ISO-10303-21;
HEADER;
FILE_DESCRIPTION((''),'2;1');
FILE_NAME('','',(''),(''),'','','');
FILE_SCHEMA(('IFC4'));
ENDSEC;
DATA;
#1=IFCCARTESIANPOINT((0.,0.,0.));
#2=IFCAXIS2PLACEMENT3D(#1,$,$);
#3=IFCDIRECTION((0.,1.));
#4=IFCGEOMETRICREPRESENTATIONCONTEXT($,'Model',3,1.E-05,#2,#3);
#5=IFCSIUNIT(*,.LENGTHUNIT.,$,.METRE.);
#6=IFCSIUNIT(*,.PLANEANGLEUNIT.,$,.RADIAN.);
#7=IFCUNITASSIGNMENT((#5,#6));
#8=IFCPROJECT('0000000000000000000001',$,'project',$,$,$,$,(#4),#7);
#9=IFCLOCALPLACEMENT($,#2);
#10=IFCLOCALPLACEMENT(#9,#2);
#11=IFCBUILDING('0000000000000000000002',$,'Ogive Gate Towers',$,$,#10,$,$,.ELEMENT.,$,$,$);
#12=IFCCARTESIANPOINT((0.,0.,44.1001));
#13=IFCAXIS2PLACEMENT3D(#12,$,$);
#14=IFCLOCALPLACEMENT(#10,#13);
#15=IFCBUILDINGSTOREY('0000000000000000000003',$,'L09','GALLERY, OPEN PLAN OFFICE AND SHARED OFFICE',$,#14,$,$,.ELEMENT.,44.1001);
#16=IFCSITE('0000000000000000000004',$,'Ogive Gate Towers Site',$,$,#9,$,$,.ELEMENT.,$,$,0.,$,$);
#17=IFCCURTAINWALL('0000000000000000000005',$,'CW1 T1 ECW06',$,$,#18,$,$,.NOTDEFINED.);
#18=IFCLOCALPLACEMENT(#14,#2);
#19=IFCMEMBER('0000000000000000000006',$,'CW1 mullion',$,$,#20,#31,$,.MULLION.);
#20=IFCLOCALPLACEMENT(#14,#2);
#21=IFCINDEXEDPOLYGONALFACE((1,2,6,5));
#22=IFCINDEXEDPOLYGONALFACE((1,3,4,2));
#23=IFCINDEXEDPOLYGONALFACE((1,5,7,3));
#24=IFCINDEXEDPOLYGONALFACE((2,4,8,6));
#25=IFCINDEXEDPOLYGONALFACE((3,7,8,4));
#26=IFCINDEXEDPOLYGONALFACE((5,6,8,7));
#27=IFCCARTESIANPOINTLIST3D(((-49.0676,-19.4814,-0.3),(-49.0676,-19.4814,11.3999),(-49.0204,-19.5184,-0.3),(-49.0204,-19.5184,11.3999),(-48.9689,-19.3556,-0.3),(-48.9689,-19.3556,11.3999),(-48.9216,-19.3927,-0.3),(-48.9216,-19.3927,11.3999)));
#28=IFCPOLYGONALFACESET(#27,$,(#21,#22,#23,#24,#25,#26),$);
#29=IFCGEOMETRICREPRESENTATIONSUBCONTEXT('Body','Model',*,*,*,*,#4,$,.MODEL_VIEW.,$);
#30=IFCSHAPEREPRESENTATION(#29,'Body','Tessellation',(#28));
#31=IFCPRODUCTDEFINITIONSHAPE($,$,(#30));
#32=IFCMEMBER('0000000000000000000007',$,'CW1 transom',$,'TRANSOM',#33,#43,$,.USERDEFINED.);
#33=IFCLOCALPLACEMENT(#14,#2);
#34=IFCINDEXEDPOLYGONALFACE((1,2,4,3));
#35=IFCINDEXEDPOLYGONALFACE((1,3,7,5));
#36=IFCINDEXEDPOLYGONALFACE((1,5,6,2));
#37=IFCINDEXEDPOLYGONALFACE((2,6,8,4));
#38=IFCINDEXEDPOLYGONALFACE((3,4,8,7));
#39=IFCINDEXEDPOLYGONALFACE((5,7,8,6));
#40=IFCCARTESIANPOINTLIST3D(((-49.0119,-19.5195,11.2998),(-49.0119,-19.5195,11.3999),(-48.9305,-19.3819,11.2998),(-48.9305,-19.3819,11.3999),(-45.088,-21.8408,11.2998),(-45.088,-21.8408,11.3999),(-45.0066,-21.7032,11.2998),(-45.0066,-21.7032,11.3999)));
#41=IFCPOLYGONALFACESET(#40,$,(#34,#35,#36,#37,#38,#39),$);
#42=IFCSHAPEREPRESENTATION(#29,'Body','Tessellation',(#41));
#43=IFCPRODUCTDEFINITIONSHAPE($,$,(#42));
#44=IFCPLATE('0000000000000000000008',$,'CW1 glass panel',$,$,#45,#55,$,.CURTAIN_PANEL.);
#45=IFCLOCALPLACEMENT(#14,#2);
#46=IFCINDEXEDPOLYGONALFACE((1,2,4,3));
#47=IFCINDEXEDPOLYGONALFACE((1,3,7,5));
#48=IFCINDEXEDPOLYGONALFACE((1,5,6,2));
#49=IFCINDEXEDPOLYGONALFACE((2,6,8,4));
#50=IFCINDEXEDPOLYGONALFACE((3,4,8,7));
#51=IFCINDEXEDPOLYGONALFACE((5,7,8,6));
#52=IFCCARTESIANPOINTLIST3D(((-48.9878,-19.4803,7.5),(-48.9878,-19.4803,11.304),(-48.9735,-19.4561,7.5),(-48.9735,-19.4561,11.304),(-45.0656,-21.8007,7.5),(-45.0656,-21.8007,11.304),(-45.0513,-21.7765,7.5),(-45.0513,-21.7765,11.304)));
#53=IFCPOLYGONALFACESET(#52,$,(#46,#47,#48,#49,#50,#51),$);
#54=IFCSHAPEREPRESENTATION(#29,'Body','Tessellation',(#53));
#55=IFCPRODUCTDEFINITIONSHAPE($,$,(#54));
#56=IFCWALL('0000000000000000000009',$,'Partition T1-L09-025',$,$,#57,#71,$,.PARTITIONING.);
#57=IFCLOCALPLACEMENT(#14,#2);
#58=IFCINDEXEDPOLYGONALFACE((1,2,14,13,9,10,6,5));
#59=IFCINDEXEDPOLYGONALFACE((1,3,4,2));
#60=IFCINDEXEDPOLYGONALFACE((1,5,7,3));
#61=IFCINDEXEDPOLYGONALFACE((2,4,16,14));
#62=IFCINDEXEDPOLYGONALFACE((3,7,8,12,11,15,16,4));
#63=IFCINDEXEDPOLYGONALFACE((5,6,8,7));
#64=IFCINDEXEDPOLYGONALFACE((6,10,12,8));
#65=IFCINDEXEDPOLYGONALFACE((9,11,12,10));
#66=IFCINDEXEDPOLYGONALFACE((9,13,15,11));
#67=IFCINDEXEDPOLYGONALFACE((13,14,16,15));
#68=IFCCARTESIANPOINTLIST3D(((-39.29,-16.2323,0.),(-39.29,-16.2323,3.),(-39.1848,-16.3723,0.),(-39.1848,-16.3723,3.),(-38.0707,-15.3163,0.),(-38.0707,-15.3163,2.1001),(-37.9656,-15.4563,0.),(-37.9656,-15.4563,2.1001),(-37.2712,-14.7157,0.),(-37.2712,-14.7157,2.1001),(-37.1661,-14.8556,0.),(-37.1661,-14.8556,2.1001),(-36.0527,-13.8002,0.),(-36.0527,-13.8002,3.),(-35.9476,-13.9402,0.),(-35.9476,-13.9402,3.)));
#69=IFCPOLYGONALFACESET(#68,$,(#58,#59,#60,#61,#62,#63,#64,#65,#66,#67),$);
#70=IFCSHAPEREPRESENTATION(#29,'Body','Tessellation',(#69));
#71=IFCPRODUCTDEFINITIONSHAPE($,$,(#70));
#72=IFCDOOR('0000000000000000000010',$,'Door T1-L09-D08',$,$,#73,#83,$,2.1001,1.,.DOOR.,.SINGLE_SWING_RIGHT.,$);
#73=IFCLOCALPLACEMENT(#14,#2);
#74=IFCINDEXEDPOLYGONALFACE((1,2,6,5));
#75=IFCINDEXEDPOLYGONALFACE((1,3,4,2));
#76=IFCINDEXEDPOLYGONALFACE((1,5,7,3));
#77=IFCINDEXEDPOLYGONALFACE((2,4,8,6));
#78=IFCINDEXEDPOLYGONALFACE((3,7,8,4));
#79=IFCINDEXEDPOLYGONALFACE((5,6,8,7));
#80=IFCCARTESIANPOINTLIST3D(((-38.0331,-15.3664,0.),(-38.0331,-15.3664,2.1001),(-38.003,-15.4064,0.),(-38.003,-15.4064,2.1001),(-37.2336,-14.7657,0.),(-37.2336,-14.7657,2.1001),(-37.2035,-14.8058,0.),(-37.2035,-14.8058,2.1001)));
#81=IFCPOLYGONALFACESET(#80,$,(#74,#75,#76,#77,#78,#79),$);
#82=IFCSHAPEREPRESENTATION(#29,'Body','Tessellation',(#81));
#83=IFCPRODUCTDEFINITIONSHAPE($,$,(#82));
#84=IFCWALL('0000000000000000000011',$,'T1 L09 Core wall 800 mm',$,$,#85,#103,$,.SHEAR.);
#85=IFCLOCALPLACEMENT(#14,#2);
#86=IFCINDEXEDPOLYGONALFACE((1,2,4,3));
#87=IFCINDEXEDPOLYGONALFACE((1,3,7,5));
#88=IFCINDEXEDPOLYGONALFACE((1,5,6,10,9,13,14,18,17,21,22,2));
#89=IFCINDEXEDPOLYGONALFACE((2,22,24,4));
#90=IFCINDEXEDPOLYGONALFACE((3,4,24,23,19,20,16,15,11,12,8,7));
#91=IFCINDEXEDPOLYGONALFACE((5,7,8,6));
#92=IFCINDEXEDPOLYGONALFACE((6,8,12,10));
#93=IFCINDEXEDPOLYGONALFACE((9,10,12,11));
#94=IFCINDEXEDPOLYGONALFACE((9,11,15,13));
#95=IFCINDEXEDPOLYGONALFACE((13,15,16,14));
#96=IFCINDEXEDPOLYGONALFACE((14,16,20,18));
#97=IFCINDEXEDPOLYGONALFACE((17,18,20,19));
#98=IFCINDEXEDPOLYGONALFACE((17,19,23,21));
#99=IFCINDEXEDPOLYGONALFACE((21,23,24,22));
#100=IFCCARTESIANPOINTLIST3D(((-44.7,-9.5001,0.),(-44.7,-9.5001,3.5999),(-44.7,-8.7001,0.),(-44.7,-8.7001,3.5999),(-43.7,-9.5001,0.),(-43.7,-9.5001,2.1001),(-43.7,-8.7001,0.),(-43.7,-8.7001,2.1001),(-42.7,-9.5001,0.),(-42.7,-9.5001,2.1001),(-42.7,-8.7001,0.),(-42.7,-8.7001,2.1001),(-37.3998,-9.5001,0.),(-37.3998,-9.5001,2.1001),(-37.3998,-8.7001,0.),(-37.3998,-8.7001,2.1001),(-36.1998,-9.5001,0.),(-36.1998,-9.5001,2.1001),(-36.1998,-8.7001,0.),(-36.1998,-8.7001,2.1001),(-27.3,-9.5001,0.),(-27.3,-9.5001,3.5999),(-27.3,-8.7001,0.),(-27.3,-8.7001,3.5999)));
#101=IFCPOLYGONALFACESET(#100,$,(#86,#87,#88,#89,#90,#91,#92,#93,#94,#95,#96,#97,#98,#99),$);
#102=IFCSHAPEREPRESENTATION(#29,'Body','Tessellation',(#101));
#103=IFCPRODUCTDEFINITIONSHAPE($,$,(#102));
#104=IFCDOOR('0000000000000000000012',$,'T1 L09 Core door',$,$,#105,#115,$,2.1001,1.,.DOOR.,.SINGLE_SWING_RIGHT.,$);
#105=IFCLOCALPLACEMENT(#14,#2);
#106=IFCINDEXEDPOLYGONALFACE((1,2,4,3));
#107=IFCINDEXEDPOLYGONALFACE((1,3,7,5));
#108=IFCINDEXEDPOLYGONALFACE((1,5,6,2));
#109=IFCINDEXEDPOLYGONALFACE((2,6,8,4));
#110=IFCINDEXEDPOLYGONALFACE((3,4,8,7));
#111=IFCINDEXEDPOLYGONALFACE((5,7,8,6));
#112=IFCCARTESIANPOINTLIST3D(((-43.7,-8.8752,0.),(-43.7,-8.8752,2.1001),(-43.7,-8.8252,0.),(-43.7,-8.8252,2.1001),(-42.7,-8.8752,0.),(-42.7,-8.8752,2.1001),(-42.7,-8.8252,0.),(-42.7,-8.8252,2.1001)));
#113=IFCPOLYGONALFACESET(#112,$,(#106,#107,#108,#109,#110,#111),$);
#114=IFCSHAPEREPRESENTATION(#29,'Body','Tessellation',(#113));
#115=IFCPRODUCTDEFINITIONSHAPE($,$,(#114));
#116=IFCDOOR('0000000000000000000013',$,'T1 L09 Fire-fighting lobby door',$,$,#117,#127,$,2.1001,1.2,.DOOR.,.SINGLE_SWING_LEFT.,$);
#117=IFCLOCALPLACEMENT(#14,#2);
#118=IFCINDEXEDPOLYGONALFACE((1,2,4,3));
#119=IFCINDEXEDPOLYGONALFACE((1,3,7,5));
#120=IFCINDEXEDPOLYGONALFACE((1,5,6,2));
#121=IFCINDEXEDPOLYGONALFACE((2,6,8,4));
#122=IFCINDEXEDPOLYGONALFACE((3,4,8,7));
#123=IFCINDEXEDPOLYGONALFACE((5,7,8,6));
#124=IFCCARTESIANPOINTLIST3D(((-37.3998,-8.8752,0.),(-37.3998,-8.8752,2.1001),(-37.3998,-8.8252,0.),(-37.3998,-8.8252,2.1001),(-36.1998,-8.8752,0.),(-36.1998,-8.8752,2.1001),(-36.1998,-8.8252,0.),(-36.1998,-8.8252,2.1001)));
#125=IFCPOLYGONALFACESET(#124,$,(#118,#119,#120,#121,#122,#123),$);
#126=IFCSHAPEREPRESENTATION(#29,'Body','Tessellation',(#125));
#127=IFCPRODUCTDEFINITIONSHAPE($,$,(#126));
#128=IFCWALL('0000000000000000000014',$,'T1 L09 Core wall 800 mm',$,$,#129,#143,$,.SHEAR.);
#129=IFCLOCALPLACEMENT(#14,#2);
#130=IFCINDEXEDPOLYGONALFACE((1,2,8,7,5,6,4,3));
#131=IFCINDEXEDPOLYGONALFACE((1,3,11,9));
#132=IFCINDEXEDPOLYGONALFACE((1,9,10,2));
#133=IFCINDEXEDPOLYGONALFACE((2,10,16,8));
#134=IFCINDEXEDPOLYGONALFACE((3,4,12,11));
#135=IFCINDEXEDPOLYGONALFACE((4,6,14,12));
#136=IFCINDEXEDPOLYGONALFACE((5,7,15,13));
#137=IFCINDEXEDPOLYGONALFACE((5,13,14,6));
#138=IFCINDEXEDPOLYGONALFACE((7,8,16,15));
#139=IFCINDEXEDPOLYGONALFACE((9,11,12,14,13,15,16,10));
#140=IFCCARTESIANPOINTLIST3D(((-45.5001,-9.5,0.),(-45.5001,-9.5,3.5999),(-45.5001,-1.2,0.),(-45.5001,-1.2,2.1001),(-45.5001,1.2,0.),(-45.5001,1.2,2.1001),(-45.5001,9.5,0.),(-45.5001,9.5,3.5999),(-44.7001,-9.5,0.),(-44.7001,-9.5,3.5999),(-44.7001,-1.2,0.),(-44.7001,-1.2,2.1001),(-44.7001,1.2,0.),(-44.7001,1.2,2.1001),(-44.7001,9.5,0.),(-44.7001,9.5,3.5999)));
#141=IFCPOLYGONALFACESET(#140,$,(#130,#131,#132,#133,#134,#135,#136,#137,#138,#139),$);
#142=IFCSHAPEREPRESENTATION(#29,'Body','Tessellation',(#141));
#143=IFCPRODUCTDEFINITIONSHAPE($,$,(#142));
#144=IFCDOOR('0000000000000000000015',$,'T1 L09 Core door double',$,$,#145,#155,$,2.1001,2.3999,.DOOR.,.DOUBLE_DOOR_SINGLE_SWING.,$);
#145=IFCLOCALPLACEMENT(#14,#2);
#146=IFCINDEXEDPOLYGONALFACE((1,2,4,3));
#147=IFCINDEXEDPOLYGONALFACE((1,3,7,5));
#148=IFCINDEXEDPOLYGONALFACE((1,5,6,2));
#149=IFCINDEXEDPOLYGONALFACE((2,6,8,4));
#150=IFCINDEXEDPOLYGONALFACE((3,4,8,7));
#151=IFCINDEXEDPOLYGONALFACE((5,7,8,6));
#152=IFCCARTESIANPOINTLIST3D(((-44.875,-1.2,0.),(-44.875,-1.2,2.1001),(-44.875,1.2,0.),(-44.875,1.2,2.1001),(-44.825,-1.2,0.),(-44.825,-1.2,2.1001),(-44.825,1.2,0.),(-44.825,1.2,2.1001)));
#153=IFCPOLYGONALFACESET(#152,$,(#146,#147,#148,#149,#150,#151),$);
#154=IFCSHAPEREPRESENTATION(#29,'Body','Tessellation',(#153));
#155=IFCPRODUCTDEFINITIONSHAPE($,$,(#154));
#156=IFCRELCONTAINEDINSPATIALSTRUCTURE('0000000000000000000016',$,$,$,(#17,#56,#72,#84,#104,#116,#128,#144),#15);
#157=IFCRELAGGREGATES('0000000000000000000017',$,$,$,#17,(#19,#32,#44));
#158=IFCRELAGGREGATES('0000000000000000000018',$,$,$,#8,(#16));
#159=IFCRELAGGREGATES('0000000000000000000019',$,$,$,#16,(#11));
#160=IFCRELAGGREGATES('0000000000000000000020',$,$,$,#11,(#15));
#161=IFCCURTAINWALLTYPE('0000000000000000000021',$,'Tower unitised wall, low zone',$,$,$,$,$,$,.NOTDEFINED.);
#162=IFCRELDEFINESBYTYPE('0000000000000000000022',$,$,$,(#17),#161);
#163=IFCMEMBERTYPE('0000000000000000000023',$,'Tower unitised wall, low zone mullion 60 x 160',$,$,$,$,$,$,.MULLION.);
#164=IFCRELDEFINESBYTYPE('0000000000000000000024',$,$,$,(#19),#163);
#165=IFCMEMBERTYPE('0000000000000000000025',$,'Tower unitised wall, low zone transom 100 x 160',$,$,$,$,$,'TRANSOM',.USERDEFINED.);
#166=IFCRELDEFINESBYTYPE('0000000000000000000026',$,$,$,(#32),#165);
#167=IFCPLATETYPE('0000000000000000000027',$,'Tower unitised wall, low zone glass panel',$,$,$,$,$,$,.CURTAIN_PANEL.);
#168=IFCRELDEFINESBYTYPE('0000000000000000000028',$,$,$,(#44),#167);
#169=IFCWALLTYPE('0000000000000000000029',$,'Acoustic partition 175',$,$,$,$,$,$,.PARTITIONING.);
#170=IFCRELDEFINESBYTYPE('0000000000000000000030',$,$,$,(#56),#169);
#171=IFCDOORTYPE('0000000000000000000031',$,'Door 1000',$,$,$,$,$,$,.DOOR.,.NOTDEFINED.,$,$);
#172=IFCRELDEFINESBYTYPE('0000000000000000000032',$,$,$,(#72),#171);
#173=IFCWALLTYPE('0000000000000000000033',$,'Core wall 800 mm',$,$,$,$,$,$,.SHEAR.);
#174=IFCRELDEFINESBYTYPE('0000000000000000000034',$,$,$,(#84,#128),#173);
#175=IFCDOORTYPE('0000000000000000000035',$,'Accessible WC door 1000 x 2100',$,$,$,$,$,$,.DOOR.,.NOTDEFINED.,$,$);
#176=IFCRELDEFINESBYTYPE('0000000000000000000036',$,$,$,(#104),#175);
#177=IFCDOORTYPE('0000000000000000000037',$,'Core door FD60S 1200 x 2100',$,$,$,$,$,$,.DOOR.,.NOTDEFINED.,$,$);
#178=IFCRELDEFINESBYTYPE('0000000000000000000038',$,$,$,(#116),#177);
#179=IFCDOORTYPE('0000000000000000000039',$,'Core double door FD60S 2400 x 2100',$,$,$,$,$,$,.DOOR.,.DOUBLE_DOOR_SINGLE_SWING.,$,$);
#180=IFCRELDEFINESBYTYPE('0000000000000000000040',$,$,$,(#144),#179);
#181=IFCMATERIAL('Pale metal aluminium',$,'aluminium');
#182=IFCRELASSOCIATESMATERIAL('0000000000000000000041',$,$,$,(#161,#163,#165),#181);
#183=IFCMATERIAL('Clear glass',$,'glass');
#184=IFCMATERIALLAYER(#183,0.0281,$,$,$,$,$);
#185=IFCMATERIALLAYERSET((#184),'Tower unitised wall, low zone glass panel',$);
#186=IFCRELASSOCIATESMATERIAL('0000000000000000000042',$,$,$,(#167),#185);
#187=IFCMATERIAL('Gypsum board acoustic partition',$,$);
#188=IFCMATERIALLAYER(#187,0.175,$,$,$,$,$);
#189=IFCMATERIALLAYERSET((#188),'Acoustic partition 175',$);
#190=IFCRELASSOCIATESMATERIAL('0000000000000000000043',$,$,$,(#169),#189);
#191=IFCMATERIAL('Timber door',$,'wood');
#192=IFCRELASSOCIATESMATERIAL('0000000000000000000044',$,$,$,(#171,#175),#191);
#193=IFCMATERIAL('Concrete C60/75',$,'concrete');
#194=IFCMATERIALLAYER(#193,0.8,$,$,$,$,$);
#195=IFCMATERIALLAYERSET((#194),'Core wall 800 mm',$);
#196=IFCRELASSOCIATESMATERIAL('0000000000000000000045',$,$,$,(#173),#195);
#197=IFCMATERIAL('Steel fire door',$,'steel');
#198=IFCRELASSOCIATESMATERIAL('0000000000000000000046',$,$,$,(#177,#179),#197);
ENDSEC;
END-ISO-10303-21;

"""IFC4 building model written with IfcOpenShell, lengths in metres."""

from ifc_helpers import new_model, si_unit, direction, frame, frame_2d, origin, origin_2d, place, context, subcontext, project, spatial, rectangle, extrude, material, layer, layer_set, material_profile, profile_set, type_object, element, fill, aggregate, save


model = new_model("IFC4")

# Units and contexts
model_context = context("Model", 3, precision=1e-05, world=origin(), true_north=direction((0.0, 1.0)))
body_context = subcontext(model_context, "Body", "Model", "MODEL_VIEW")
ifc_project = project(units=[si_unit("LENGTHUNIT", "METRE"), si_unit("PLANEANGLEUNIT", "RADIAN")], contexts=[model_context])

# Site, building, storey
site_placement = place(None, origin())
site = spatial("IfcSite", under=ifc_project, at=site_placement, Name="Ogive Gate Towers Site", CompositionType="ELEMENT", RefElevation=0.0)
building_placement = place(site_placement, origin())
building = spatial("IfcBuilding", under=site, at=building_placement, Name="Ogive Gate Towers", CompositionType="ELEMENT")
storey_placement = place(building_placement, frame((0.0, 0.0, 44.1001)))
storey = spatial("IfcBuildingStorey", under=building, at=storey_placement, Name="L09", Description="GALLERY, OPEN PLAN OFFICE AND SHARED OFFICE", CompositionType="ELEMENT", Elevation=44.1001)

# Curtain wall, members, plate
ifc_material_1 = material(Name="Pale metal aluminium", Category="aluminium")
curtain_wall_type = type_object("IfcCurtainWallType", Name="Tower unitised wall, low zone", PredefinedType="NOTDEFINED", material=ifc_material_1)
curtain_wall_placement = place(storey_placement, origin())
curtain_wall = element("IfcCurtainWall", 1, at=curtain_wall_placement, inside=storey, type_object=curtain_wall_type, Name="CW1 T1 ECW06", PredefinedType="NOTDEFINED")
ifc_material_profile_1 = material_profile(ifc_material_1, rectangle(XDim=0.1599, YDim=0.0601, at=origin_2d()), Name="60 x 160 aluminium box")
ifc_profile_set_1 = profile_set([ifc_material_profile_1], Name="Pale metal aluminium")
member_type_1 = type_object("IfcMemberType", Name="Tower unitised wall, low zone mullion 60 x 160", PredefinedType="MULLION", material=ifc_profile_set_1)
member_1_placement = place(storey_placement, frame((-48.9946, -19.437, -0.3), z_axis=(0.0, 0.0, 1.0), x_axis=(-0.617516, -0.786558, 0.0)))
member_1 = element("IfcMember", 2, at=member_1_placement, type_object=member_type_1, Name="CW1 mullion", PredefinedType="MULLION", context=body_context, shape_type="SweptSolid", body=[
    extrude(rectangle(XDim=0.1599, YDim=0.0601, at=origin_2d()), origin(), (0.0, 0.0, 1.0), 11.7),
])
ifc_material_profile_2 = material_profile(ifc_material_1, rectangle(XDim=0.1599, YDim=0.1001, at=origin_2d()), Name="100 x 160 aluminium box")
ifc_profile_set_2 = profile_set([ifc_material_profile_2], Name="Pale metal aluminium")
member_type_2 = type_object("IfcMemberType", Name="Tower unitised wall, low zone transom 100 x 160", ElementType="TRANSOM", PredefinedType="USERDEFINED", material=ifc_profile_set_2)
member_2_placement = place(storey_placement, frame((-48.9712, -19.4507, 11.3499), z_axis=(0.860671, -0.509162, 0.0), x_axis=(0.509162, 0.860671, 0.0)))
member_2 = element("IfcMember", 3, at=member_2_placement, type_object=member_type_2, Name="CW1 transom", ObjectType="TRANSOM", PredefinedType="USERDEFINED", context=body_context, shape_type="SweptSolid", body=[
    extrude(rectangle(XDim=0.1599, YDim=0.1001, at=origin_2d()), origin(), (0.0, 0.0, 1.0), 4.5591),
])
ifc_material_2 = material(Name="Clear glass", Category="glass")
ifc_layer_1 = layer(ifc_material_2, 0.0281)
ifc_layer_set_1 = layer_set([ifc_layer_1], Name="Tower unitised wall, low zone glass panel")
plate_type = type_object("IfcPlateType", Name="Tower unitised wall, low zone glass panel", PredefinedType="CURTAIN_PANEL", material=ifc_layer_set_1)
plate_placement = place(storey_placement, frame((-47.0195, -20.6284, 7.5), z_axis=(0.0, 0.0, 1.0), x_axis=(0.860662, -0.509177, 0.0)))
plate = element("IfcPlate", 4, at=plate_placement, type_object=plate_type, Name="CW1 glass panel", PredefinedType="CURTAIN_PANEL", context=body_context, shape_type="SweptSolid", body=[
    extrude(rectangle(XDim=4.5571, YDim=0.0281, at=origin_2d()), origin(), (0.0, 0.0, 1.0), 3.804),
])
aggregate(curtain_wall, [member_1, member_2, plate])

# Wall, opening, door
ifc_material_3 = material(Name="Gypsum board acoustic partition")
ifc_layer_2 = layer(ifc_material_3, 0.175)
ifc_layer_set_2 = layer_set([ifc_layer_2], Name="Acoustic partition 175")
wall_type_1 = type_object("IfcWallType", Name="Acoustic partition 175", PredefinedType="PARTITIONING", material=ifc_layer_set_2)
wall_1_placement = place(storey_placement, frame((-39.2373, -16.3022, 0.0), z_axis=(0.0, 0.0, 1.0), x_axis=(0.799508, 0.600656, 0.0)))
wall_1 = element("IfcWall", 5, at=wall_1_placement, inside=storey, type_object=wall_type_1, Name="Partition T1-L09-025", PredefinedType="PARTITIONING", context=body_context, shape_type="SweptSolid", body=[
    extrude(rectangle(XDim=4.0491, YDim=0.175, at=frame_2d((2.0244, 0.0))), origin(), (0.0, 0.0, 1.0), 3.0),
])
opening_1_placement = place(wall_1_placement, frame((1.5249, 0.0, 0.0)))
opening_1 = element("IfcOpeningElement", 6, at=opening_1_placement, cuts=wall_1, PredefinedType="OPENING", context=body_context, shape_type="SweptSolid", body=[
    extrude(rectangle(XDim=1.0, YDim=2.1001, at=frame_2d((0.5, 1.05))), frame((0.0, 0.0977, 0.0), z_axis=(0.0, -1.0, 0.0), x_axis=(1.0, 0.0, 0.0)), (0.0, 0.0, 1.0), 0.1951),
])
ifc_material_4 = material(Name="Timber door", Category="wood")
door_type_1 = type_object("IfcDoorType", Name="Door 1000", OperationType="NOTDEFINED", PredefinedType="DOOR", material=ifc_material_4)
door_1_placement = place(opening_1_placement, origin())
door_1 = element("IfcDoor", 7, at=door_1_placement, inside=storey, type_object=door_type_1, Name="Door T1-L09-D08", OperationType="SINGLE_SWING_RIGHT", OverallHeight=2.1001, OverallWidth=1.0, PredefinedType="DOOR", context=body_context, shape_type="SweptSolid", body=[
    extrude(rectangle(XDim=1.0, YDim=2.1001, at=frame_2d((0.5, 1.05))), frame((0.0, 0.0249, 0.0), z_axis=(0.0, -1.0, 0.0), x_axis=(1.0, 0.0, 0.0)), (0.0, 0.0, 1.0), 0.05),
])
fill(opening_1, door_1)

# Wall, openings, doors
ifc_material_5 = material(Name="Concrete C60/75", Category="concrete")
ifc_layer_3 = layer(ifc_material_5, 0.8)
ifc_layer_set_3 = layer_set([ifc_layer_3], Name="Core wall 800 mm")
wall_type_2 = type_object("IfcWallType", Name="Core wall 800 mm", PredefinedType="SHEAR", material=ifc_layer_set_3)
wall_2_placement = place(storey_placement, frame((-44.7, -9.1001, 0.0), z_axis=(0.0, 0.0, 1.0), x_axis=(1.0, 0.0, 0.0)))
wall_2 = element("IfcWall", 8, at=wall_2_placement, inside=storey, type_object=wall_type_2, Name="T1 L09 Core wall 800 mm", PredefinedType="SHEAR", context=body_context, shape_type="SweptSolid", body=[
    extrude(rectangle(XDim=17.3999, YDim=0.8, at=frame_2d((8.7, 0.0))), origin(), (0.0, 0.0, 1.0), 3.5999),
])
opening_2_placement = place(wall_2_placement, frame((7.3, 0.0, 0.0)))
opening_2 = element("IfcOpeningElement", 9, at=opening_2_placement, cuts=wall_2, PredefinedType="OPENING", context=body_context, shape_type="SweptSolid", body=[
    extrude(rectangle(XDim=1.2, YDim=2.1001, at=frame_2d((0.6001, 1.05))), frame((0.0, 0.4102, 0.0), z_axis=(0.0, -1.0, 0.0), x_axis=(1.0, 0.0, 0.0)), (0.0, 0.0, 1.0), 0.8201),
])
opening_3_placement = place(wall_2_placement, frame((1.0, 0.0, 0.0)))
opening_3 = element("IfcOpeningElement", 10, at=opening_3_placement, cuts=wall_2, PredefinedType="OPENING", context=body_context, shape_type="SweptSolid", body=[
    extrude(rectangle(XDim=1.0, YDim=2.1001, at=frame_2d((0.5, 1.05))), frame((0.0, 0.4102, 0.0), z_axis=(0.0, -1.0, 0.0), x_axis=(1.0, 0.0, 0.0)), (0.0, 0.0, 1.0), 0.8201),
])
door_type_2 = type_object("IfcDoorType", Name="Accessible WC door 1000 x 2100", OperationType="NOTDEFINED", PredefinedType="DOOR", material=ifc_material_4)
door_2_placement = place(opening_3_placement, origin())
door_2 = element("IfcDoor", 11, at=door_2_placement, inside=storey, type_object=door_type_2, Name="T1 L09 Core door", OperationType="SINGLE_SWING_RIGHT", OverallHeight=2.1001, OverallWidth=1.0, PredefinedType="DOOR", context=body_context, shape_type="SweptSolid", body=[
    extrude(rectangle(XDim=1.0, YDim=2.1001, at=frame_2d((0.5, 1.05))), frame((0.0, 0.2749, 0.0), z_axis=(0.0, -1.0, 0.0), x_axis=(1.0, 0.0, 0.0)), (0.0, 0.0, 1.0), 0.05),
])
fill(opening_3, door_2)
ifc_material_6 = material(Name="Steel fire door", Category="steel")
door_type_3 = type_object("IfcDoorType", Name="Core door FD60S 1200 x 2100", OperationType="NOTDEFINED", PredefinedType="DOOR", material=ifc_material_6)
door_3_placement = place(opening_2_placement, origin())
door_3 = element("IfcDoor", 12, at=door_3_placement, inside=storey, type_object=door_type_3, Name="T1 L09 Fire-fighting lobby door", OperationType="SINGLE_SWING_LEFT", OverallHeight=2.1001, OverallWidth=1.2, PredefinedType="DOOR", context=body_context, shape_type="SweptSolid", body=[
    extrude(rectangle(XDim=1.2, YDim=2.1001, at=frame_2d((0.6001, 1.05))), frame((0.0, 0.2749, 0.0), z_axis=(0.0, -1.0, 0.0), x_axis=(1.0, 0.0, 0.0)), (0.0, 0.0, 1.0), 0.05),
])
fill(opening_2, door_3)

# Wall, opening, door
wall_3_placement = place(storey_placement, frame((-45.1001, -9.5, 0.0), z_axis=(0.0, 0.0, 1.0), x_axis=(0.0, 1.0, 0.0)))
wall_3 = element("IfcWall", 13, at=wall_3_placement, inside=storey, type_object=wall_type_2, Name="T1 L09 Core wall 800 mm", PredefinedType="SHEAR", context=body_context, shape_type="SweptSolid", body=[
    extrude(rectangle(XDim=19.0, YDim=0.8, at=frame_2d((9.5, 0.0))), origin(), (0.0, 0.0, 1.0), 3.5999),
])
opening_4_placement = place(wall_3_placement, frame((8.3, 0.0, 0.0)))
opening_4 = element("IfcOpeningElement", 14, at=opening_4_placement, cuts=wall_3, PredefinedType="OPENING", context=body_context, shape_type="SweptSolid", body=[
    extrude(rectangle(XDim=2.3999, YDim=2.1001, at=frame_2d((1.2, 1.05))), frame((0.0, 0.4102, 0.0), z_axis=(0.0, -1.0, 0.0), x_axis=(1.0, 0.0, 0.0)), (0.0, 0.0, 1.0), 0.8201),
])
door_type_4 = type_object("IfcDoorType", Name="Core double door FD60S 2400 x 2100", OperationType="DOUBLE_DOOR_SINGLE_SWING", PredefinedType="DOOR", material=ifc_material_6)
door_4_placement = place(opening_4_placement, origin())
door_4 = element("IfcDoor", 15, at=door_4_placement, inside=storey, type_object=door_type_4, Name="T1 L09 Core door double", OperationType="DOUBLE_DOOR_SINGLE_SWING", OverallHeight=2.1001, OverallWidth=2.3999, PredefinedType="DOOR", context=body_context, shape_type="SweptSolid", body=[
    extrude(rectangle(XDim=2.3999, YDim=2.1001, at=frame_2d((1.2, 1.05))), frame((0.0, -0.2251, 0.0), z_axis=(0.0, -1.0, 0.0), x_axis=(1.0, 0.0, 0.0)), (0.0, 0.0, 1.0), 0.05),
])
fill(opening_4, door_4)

save(model, "model.ifc")
